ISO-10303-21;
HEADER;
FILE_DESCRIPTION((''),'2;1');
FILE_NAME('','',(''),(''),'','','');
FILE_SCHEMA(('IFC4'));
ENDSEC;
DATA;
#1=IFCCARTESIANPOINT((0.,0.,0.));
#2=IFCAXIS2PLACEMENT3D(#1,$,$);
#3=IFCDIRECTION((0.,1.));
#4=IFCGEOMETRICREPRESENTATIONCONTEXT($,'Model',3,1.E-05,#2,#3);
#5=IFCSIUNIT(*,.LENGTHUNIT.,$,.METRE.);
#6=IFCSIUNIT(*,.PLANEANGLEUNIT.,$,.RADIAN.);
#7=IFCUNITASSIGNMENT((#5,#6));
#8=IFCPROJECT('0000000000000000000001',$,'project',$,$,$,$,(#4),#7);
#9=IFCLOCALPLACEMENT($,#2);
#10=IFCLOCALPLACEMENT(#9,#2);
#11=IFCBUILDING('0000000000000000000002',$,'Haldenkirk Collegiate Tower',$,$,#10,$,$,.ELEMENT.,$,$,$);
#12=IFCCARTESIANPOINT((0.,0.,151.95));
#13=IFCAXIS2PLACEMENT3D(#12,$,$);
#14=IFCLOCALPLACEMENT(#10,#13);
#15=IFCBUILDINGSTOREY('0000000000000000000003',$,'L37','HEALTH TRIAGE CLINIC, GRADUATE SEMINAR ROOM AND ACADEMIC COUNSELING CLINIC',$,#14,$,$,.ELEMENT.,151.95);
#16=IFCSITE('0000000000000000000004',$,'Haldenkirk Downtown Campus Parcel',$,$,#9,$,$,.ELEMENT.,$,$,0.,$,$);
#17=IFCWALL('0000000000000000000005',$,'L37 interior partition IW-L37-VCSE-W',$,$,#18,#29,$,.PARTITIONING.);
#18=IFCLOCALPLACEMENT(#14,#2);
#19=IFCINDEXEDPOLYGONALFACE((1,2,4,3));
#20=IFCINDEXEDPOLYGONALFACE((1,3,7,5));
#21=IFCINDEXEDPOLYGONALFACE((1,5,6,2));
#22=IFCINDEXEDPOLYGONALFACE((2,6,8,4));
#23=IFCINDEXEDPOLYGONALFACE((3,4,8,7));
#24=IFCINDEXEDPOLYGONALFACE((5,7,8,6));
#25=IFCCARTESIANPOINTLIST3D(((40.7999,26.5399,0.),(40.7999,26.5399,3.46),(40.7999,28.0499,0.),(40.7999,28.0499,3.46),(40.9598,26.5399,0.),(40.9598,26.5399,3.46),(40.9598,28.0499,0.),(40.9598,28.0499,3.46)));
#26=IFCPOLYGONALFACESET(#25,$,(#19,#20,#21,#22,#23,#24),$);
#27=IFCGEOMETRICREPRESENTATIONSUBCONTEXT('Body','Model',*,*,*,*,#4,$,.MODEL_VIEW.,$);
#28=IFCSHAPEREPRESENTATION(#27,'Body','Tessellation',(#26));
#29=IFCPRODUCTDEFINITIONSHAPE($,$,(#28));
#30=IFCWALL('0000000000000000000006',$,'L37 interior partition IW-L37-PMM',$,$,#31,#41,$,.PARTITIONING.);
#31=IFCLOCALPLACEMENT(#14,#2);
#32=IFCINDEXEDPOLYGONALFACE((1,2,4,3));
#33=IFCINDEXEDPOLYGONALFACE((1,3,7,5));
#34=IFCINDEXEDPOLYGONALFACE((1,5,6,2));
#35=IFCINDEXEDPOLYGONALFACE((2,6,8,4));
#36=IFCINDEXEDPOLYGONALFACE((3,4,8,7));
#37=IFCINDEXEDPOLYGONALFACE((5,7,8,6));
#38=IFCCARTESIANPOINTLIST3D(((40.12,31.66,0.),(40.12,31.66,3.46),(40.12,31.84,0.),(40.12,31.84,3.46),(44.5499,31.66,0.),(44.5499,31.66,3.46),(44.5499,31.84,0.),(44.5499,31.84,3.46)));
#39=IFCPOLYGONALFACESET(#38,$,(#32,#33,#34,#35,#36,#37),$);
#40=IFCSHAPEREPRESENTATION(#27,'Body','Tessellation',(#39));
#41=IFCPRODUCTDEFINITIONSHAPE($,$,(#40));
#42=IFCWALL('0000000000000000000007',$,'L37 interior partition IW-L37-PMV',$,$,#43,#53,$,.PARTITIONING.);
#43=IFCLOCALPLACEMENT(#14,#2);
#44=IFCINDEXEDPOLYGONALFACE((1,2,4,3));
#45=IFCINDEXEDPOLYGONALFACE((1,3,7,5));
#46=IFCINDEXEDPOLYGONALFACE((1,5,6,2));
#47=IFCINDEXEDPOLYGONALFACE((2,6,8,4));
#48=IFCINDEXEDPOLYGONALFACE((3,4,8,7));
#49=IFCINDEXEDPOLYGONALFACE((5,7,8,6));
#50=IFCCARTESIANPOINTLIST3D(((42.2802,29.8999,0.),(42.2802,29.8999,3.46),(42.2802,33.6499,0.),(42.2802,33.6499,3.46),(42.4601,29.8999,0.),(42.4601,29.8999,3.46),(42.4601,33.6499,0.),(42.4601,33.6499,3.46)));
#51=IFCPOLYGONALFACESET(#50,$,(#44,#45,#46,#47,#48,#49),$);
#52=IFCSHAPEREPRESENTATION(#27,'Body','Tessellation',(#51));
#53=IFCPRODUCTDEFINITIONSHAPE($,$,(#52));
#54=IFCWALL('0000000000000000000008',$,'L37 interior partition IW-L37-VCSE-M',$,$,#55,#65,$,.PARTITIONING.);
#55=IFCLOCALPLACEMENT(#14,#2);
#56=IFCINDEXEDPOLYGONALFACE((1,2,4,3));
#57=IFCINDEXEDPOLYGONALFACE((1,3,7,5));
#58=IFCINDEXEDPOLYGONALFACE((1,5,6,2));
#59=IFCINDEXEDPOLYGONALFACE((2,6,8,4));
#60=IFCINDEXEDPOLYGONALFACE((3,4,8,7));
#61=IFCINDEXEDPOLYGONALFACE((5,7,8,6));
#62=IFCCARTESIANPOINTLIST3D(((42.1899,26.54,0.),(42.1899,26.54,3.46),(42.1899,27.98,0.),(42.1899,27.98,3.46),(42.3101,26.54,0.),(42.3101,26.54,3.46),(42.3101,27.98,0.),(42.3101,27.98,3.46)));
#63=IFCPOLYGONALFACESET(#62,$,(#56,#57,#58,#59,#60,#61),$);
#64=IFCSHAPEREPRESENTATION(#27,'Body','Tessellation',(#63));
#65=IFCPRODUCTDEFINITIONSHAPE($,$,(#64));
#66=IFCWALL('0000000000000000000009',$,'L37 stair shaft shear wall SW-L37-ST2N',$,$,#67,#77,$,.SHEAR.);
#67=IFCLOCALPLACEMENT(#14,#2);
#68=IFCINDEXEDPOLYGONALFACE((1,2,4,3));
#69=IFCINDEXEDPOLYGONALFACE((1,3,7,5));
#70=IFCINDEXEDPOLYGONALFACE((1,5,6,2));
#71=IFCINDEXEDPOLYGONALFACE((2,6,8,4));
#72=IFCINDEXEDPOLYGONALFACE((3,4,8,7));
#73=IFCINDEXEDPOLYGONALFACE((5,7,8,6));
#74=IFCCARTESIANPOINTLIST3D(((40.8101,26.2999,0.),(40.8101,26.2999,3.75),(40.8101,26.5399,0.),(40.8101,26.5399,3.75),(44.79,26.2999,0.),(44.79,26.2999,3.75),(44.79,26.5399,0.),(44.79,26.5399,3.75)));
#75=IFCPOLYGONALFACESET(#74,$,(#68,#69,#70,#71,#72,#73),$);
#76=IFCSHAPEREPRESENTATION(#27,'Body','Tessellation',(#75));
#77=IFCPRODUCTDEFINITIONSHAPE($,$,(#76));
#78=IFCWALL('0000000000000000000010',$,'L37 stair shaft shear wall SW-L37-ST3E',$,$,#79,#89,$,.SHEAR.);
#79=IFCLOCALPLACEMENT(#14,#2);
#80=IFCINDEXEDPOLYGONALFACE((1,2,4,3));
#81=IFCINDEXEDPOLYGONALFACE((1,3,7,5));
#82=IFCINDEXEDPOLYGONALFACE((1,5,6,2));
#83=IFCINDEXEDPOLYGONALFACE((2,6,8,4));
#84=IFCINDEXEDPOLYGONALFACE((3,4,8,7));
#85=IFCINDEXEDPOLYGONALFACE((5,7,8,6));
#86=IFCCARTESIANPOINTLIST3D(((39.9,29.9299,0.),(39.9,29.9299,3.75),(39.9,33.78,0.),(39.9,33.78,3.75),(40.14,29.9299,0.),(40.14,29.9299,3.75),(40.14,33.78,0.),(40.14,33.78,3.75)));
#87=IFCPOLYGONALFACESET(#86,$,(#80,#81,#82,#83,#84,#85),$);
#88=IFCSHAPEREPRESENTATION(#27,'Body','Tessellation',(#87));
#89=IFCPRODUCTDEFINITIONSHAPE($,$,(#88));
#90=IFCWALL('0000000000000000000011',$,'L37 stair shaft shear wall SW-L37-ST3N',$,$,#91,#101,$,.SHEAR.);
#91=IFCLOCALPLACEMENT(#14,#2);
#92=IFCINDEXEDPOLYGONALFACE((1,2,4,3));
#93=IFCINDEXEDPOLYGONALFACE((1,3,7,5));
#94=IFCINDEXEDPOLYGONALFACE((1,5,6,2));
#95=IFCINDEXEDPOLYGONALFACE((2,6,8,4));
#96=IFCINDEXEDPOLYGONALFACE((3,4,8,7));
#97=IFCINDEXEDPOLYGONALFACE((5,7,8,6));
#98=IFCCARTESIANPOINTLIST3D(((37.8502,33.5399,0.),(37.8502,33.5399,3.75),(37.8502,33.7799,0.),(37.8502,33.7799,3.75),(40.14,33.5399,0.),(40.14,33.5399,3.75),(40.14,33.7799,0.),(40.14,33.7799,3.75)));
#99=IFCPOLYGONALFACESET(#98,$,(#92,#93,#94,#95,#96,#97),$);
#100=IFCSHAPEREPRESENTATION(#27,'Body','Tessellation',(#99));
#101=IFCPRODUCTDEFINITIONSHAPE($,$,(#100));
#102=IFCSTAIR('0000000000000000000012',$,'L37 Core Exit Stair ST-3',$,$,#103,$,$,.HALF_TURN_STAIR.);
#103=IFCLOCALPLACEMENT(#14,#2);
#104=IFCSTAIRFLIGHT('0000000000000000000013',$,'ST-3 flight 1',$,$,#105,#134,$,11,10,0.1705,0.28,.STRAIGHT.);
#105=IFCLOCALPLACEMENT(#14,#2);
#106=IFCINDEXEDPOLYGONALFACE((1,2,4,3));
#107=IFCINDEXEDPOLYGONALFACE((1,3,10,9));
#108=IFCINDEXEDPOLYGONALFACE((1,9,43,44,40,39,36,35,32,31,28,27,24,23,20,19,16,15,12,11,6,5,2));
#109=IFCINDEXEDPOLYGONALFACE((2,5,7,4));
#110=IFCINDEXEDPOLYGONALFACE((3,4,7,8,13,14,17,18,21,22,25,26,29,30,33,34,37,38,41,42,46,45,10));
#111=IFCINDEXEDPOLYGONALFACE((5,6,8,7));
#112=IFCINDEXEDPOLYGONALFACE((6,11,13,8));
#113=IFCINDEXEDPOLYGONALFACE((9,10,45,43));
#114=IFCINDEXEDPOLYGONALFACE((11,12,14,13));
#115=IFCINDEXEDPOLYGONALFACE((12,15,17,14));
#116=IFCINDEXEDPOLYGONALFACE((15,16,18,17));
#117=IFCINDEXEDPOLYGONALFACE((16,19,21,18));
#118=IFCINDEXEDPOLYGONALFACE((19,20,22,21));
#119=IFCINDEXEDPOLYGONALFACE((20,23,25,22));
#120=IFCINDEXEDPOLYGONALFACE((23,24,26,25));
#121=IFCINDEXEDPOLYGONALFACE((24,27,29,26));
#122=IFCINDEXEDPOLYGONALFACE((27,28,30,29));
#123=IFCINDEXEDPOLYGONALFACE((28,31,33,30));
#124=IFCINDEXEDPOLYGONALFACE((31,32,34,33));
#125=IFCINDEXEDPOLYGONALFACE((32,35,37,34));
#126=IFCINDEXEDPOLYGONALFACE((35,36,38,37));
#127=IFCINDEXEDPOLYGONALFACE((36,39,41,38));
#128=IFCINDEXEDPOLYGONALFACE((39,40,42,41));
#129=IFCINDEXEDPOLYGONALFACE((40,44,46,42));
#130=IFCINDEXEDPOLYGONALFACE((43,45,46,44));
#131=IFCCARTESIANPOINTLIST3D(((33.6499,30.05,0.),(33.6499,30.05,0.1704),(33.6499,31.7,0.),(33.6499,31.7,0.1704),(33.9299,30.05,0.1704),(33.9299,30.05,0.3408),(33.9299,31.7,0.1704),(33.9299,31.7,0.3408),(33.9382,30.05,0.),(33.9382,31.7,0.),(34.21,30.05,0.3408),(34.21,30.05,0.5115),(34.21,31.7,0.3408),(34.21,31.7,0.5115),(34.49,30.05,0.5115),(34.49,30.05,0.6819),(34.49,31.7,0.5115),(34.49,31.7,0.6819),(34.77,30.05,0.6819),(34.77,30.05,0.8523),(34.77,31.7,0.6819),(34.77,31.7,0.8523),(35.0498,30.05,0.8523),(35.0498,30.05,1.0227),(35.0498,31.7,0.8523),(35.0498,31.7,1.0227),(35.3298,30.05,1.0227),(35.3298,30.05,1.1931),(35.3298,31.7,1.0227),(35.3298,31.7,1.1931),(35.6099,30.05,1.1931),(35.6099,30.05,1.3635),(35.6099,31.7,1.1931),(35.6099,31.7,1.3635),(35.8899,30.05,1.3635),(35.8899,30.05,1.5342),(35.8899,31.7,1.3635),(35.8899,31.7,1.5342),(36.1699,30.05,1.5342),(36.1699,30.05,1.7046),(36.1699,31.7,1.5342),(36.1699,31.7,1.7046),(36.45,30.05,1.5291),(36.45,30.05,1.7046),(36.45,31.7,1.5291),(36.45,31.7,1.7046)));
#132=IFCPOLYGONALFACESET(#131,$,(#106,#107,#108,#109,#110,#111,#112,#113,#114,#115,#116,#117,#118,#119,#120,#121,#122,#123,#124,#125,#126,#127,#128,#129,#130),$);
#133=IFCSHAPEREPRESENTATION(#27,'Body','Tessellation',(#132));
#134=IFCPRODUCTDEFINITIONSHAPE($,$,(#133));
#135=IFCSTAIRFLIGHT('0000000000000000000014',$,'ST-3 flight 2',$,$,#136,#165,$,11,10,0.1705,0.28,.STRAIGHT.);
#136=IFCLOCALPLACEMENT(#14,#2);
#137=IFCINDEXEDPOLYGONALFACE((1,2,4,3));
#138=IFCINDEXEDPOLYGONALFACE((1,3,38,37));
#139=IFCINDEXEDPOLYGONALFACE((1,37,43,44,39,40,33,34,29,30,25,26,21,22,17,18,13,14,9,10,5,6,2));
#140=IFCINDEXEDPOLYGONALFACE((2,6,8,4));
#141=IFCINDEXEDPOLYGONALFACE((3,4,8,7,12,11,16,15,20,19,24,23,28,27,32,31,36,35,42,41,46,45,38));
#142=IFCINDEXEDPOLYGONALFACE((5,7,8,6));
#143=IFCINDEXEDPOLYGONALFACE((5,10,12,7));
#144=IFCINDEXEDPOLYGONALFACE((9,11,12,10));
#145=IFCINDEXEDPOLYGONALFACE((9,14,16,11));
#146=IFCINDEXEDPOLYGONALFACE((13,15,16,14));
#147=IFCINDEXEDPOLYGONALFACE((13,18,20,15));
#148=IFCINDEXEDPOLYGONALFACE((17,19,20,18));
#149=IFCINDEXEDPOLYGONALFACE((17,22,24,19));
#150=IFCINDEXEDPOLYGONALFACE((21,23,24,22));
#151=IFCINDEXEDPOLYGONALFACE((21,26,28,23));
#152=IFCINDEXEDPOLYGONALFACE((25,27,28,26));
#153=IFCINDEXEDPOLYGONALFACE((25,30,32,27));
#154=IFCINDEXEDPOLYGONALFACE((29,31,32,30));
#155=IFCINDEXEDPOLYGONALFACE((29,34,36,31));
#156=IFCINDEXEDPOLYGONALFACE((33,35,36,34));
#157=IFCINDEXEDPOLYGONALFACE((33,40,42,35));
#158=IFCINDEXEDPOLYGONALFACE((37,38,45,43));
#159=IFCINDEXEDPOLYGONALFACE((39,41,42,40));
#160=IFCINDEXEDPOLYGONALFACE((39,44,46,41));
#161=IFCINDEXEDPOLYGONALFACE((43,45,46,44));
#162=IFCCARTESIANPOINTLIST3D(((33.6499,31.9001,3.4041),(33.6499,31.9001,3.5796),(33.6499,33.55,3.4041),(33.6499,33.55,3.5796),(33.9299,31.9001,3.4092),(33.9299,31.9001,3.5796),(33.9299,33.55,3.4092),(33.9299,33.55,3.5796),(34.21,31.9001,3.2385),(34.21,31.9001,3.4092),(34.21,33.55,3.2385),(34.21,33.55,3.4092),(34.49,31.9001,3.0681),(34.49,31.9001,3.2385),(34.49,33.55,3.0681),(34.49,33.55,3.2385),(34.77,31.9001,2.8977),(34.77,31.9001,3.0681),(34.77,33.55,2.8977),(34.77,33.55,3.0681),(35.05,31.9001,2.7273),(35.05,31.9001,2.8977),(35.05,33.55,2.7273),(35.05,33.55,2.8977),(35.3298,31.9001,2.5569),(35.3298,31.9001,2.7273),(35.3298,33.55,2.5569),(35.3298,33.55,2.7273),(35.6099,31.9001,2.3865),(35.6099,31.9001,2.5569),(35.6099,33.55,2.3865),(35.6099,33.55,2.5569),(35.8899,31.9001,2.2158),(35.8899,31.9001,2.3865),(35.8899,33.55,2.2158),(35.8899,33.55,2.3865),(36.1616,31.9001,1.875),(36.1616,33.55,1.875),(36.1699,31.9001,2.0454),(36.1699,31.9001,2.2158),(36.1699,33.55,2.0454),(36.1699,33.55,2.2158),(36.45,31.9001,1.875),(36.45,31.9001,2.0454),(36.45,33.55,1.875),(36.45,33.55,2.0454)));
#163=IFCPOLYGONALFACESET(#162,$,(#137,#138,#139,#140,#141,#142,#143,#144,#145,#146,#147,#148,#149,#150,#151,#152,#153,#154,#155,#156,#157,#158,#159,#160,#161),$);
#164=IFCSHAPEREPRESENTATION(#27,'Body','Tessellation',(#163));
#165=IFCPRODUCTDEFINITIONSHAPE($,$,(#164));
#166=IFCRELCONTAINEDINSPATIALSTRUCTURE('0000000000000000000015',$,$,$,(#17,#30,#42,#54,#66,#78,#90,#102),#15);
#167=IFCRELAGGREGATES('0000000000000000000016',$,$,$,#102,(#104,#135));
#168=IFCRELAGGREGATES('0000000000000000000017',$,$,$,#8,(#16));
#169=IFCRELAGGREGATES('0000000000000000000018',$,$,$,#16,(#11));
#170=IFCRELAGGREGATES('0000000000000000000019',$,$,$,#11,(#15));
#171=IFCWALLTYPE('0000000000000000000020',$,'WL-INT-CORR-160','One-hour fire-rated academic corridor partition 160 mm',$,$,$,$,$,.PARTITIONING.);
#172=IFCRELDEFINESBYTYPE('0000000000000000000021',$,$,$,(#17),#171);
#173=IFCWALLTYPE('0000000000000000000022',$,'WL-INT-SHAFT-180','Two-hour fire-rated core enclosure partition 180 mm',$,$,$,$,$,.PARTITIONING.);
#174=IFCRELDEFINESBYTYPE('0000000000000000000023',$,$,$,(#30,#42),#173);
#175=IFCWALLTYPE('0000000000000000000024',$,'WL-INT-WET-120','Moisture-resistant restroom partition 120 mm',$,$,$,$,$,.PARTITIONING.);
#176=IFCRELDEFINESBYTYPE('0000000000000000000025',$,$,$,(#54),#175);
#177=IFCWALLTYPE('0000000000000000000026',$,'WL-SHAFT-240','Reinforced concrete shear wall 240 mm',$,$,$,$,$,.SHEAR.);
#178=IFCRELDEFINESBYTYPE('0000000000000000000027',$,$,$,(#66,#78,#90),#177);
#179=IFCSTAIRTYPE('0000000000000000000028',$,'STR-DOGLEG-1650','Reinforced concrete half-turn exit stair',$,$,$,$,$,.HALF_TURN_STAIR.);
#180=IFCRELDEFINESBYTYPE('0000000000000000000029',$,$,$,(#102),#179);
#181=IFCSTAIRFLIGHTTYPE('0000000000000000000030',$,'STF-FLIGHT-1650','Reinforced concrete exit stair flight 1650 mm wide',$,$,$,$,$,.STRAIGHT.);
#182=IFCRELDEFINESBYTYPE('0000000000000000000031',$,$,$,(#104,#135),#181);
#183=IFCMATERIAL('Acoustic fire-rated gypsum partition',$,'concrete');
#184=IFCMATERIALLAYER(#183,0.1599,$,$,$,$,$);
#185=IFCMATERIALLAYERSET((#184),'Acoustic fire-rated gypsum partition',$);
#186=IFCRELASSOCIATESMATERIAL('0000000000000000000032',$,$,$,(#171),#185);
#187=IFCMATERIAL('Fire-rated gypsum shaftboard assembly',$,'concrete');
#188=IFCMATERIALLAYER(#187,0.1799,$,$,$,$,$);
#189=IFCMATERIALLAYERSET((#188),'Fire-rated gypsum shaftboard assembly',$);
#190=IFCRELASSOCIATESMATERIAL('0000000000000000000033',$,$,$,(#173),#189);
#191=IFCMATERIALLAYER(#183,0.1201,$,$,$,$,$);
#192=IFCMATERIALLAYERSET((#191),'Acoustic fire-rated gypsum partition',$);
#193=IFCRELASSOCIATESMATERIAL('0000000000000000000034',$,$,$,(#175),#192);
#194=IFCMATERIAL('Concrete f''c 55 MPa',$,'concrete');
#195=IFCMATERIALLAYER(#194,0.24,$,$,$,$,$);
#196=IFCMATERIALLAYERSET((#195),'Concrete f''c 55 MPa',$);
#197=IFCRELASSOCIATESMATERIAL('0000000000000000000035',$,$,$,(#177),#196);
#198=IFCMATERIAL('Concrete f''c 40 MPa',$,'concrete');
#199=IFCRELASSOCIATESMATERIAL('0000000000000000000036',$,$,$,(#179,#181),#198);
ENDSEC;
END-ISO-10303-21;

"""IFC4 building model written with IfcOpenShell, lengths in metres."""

from ifc_helpers import new_model, si_unit, direction, frame, frame_2d, origin, place, context, subcontext, project, spatial, polyline, rectangle, outline, extrude, material, layer, layer_set, type_object, element, aggregate, save


model = new_model("IFC4")

# Units and contexts
model_context = context("Model", 3, precision=1e-05, world=origin(), true_north=direction((0.0, 1.0)))
body_context = subcontext(model_context, "Body", "Model", "MODEL_VIEW")
ifc_project = project(units=[si_unit("LENGTHUNIT", "METRE"), si_unit("PLANEANGLEUNIT", "RADIAN")], contexts=[model_context])

# Site, building, storey
site_placement = place(None, origin())
site = spatial("IfcSite", under=ifc_project, at=site_placement, Name="Haldenkirk Downtown Campus Parcel", CompositionType="ELEMENT", RefElevation=0.0)
building_placement = place(site_placement, origin())
building = spatial("IfcBuilding", under=site, at=building_placement, Name="Haldenkirk Collegiate Tower", CompositionType="ELEMENT")
storey_placement = place(building_placement, frame((0.0, 0.0, 151.95)))
storey = spatial("IfcBuildingStorey", under=building, at=storey_placement, Name="L37", Description="HEALTH TRIAGE CLINIC, GRADUATE SEMINAR ROOM AND ACADEMIC COUNSELING CLINIC", CompositionType="ELEMENT", Elevation=151.95)

# Shared definitions
ifc_material_1 = material(Name="Acoustic fire-rated gypsum partition", Category="concrete")
ifc_layer_1 = layer(ifc_material_1, 0.1599)
ifc_layer_set_1 = layer_set([ifc_layer_1], Name="Acoustic fire-rated gypsum partition")
wall_type_1 = type_object("IfcWallType", Name="WL-INT-CORR-160", Description="One-hour fire-rated academic corridor partition 160 mm", PredefinedType="PARTITIONING", material=ifc_layer_set_1)

# Wall
wall_1_placement = place(storey_placement, frame((40.8799, 26.54, 0.0), z_axis=(0.0, 0.0, 1.0), x_axis=(0.0, 1.0, 0.0)))
element("IfcWall", 1, at=wall_1_placement, inside=storey, type_object=wall_type_1, Name="L37 interior partition IW-L37-VCSE-W", PredefinedType="PARTITIONING", context=body_context, shape_type="SweptSolid", body=[
    extrude(rectangle(XDim=1.51, YDim=0.1599, at=frame_2d((0.7549, 0.0))), origin(), (0.0, 0.0, 1.0), 3.46),
])

# Shared definitions
ifc_material_2 = material(Name="Fire-rated gypsum shaftboard assembly", Category="concrete")
ifc_layer_2 = layer(ifc_material_2, 0.1799)
ifc_layer_set_2 = layer_set([ifc_layer_2], Name="Fire-rated gypsum shaftboard assembly")
wall_type_2 = type_object("IfcWallType", Name="WL-INT-SHAFT-180", Description="Two-hour fire-rated core enclosure partition 180 mm", PredefinedType="PARTITIONING", material=ifc_layer_set_2)

# Walls
wall_2_placement = place(storey_placement, frame((40.1201, 31.75, 0.0), z_axis=(0.0, 0.0, 1.0), x_axis=(1.0, 0.0, 0.0)))
element("IfcWall", 2, at=wall_2_placement, inside=storey, type_object=wall_type_2, Name="L37 interior partition IW-L37-PMM", PredefinedType="PARTITIONING", context=body_context, shape_type="SweptSolid", body=[
    extrude(rectangle(XDim=4.4299, YDim=0.1799, at=frame_2d((2.2148, 0.0))), origin(), (0.0, 0.0, 1.0), 3.46),
])
wall_3_placement = place(storey_placement, frame((42.3701, 29.8999, 0.0), z_axis=(0.0, 0.0, 1.0), x_axis=(0.0, 1.0, 0.0)))
element("IfcWall", 3, at=wall_3_placement, inside=storey, type_object=wall_type_2, Name="L37 interior partition IW-L37-PMV", PredefinedType="PARTITIONING", context=body_context, shape_type="SweptSolid", body=[
    extrude(rectangle(XDim=3.75, YDim=0.1799, at=frame_2d((1.875, 0.0))), origin(), (0.0, 0.0, 1.0), 3.46),
])
ifc_layer_3 = layer(ifc_material_1, 0.1201)
ifc_layer_set_3 = layer_set([ifc_layer_3], Name="Acoustic fire-rated gypsum partition")
wall_type_3 = type_object("IfcWallType", Name="WL-INT-WET-120", Description="Moisture-resistant restroom partition 120 mm", PredefinedType="PARTITIONING", material=ifc_layer_set_3)
wall_4_placement = place(storey_placement, frame((42.25, 26.54, 0.0), z_axis=(0.0, 0.0, 1.0), x_axis=(0.0, 1.0, 0.0)))
element("IfcWall", 4, at=wall_4_placement, inside=storey, type_object=wall_type_3, Name="L37 interior partition IW-L37-VCSE-M", PredefinedType="PARTITIONING", context=body_context, shape_type="SweptSolid", body=[
    extrude(rectangle(XDim=1.4399, YDim=0.1201, at=frame_2d((0.72, 0.0))), origin(), (0.0, 0.0, 1.0), 3.46),
])
ifc_material_3 = material(Name="Concrete f'c 55 MPa", Category="concrete")
ifc_layer_4 = layer(ifc_material_3, 0.24)
ifc_layer_set_4 = layer_set([ifc_layer_4], Name="Concrete f'c 55 MPa")
wall_type_4 = type_object("IfcWallType", Name="WL-SHAFT-240", Description="Reinforced concrete shear wall 240 mm", PredefinedType="SHEAR", material=ifc_layer_set_4)
wall_5_placement = place(storey_placement, frame((40.8101, 26.4199, 0.0), z_axis=(0.0, 0.0, 1.0), x_axis=(1.0, 0.0, 0.0)))
element("IfcWall", 5, at=wall_5_placement, inside=storey, type_object=wall_type_4, Name="L37 stair shaft shear wall SW-L37-ST2N", PredefinedType="SHEAR", context=body_context, shape_type="SweptSolid", body=[
    extrude(rectangle(XDim=3.98, YDim=0.24, at=frame_2d((1.99, 0.0))), origin(), (0.0, 0.0, 1.0), 3.75),
])
wall_6_placement = place(storey_placement, frame((40.02, 29.9299, 0.0), z_axis=(0.0, 0.0, 1.0), x_axis=(0.0, 1.0, 0.0)))
element("IfcWall", 6, at=wall_6_placement, inside=storey, type_object=wall_type_4, Name="L37 stair shaft shear wall SW-L37-ST3E", PredefinedType="SHEAR", context=body_context, shape_type="SweptSolid", body=[
    extrude(rectangle(XDim=3.8501, YDim=0.24, at=frame_2d((1.925, 0.0))), origin(), (0.0, 0.0, 1.0), 3.75),
])
wall_7_placement = place(storey_placement, frame((37.8501, 33.6599, 0.0), z_axis=(0.0, 0.0, 1.0), x_axis=(1.0, 0.0, 0.0)))
element("IfcWall", 7, at=wall_7_placement, inside=storey, type_object=wall_type_4, Name="L37 stair shaft shear wall SW-L37-ST3N", PredefinedType="SHEAR", context=body_context, shape_type="SweptSolid", body=[
    extrude(rectangle(XDim=2.2898, YDim=0.24, at=frame_2d((1.145, 0.0))), origin(), (0.0, 0.0, 1.0), 3.75),
])

# Stair, stair flights
ifc_material_4 = material(Name="Concrete f'c 40 MPa", Category="concrete")
stair_type = type_object("IfcStairType", Name="STR-DOGLEG-1650", Description="Reinforced concrete half-turn exit stair", PredefinedType="HALF_TURN_STAIR", material=ifc_material_4)
stair_placement = place(storey_placement, origin())
stair = element("IfcStair", 8, at=stair_placement, inside=storey, type_object=stair_type, Name="L37 Core Exit Stair ST-3", PredefinedType="HALF_TURN_STAIR")
stair_flight_type = type_object("IfcStairFlightType", Name="STF-FLIGHT-1650", Description="Reinforced concrete exit stair flight 1650 mm wide", PredefinedType="STRAIGHT", material=ifc_material_4)
stair_flight_1_placement = place(storey_placement, frame((33.6499, 30.875, 0.0), z_axis=(0.0, 0.0, 1.0), x_axis=(1.0, 0.0, 0.0)))
stair_flight_1 = element("IfcStairFlight", 9, at=stair_flight_1_placement, type_object=stair_flight_type, Name="ST-3 flight 1", NumberOfRisers=11, NumberOfTreads=10, PredefinedType="STRAIGHT", RiserHeight=0.1705, TreadLength=0.28, context=body_context, shape_type="SweptSolid", body=[
    extrude(outline(polyline([(0.0, 0.0), (0.0, 0.1704), (0.28, 0.1704), (0.28, 0.3408), (0.5601, 0.3408), (0.5601, 0.5115), (0.8401, 0.5115), (0.8401, 0.6819), (1.1201, 0.6819), (1.1201, 0.8523), (1.3999, 0.8523), (1.3999, 1.0227), (1.6799, 1.0227), (1.6799, 1.1931), (1.96, 1.1931), (1.96, 1.3635), (2.24, 1.3635), (2.24, 1.5342), (2.52, 1.5342), (2.52, 1.7046), (2.8, 1.7046), (2.8, 1.875), (2.8, 1.5291), (0.2883, 0.0), (0.0, 0.0)])), frame((0.0, 0.825, 0.0), z_axis=(0.0, -1.0, 0.0), x_axis=(1.0, 0.0, 0.0)), (0.0, 0.0, 1.0), 1.6499),
])
stair_flight_2_placement = place(storey_placement, frame((36.45, 32.7251, 1.875), z_axis=(0.0, 0.0, 1.0), x_axis=(-1.0, 0.0, 0.0)))
stair_flight_2 = element("IfcStairFlight", 10, at=stair_flight_2_placement, type_object=stair_flight_type, Name="ST-3 flight 2", NumberOfRisers=11, NumberOfTreads=10, PredefinedType="STRAIGHT", RiserHeight=0.1705, TreadLength=0.28, context=body_context, shape_type="SweptSolid", body=[
    extrude(outline(polyline([(0.0, 0.0), (0.0, 0.1704), (0.28, 0.1704), (0.28, 0.3408), (0.5601, 0.3408), (0.5601, 0.5115), (0.8401, 0.5115), (0.8401, 0.6819), (1.1201, 0.6819), (1.1201, 0.8523), (1.3999, 0.8523), (1.3999, 1.0227), (1.6799, 1.0227), (1.6799, 1.1931), (1.96, 1.1931), (1.96, 1.3635), (2.24, 1.3635), (2.24, 1.5342), (2.52, 1.5342), (2.52, 1.7046), (2.8, 1.7046), (2.8, 1.875), (2.8, 1.5291), (0.2883, 0.0), (0.0, 0.0)])), frame((0.0, 0.825, 0.0), z_axis=(0.0, -1.0, 0.0), x_axis=(1.0, 0.0, 0.0)), (0.0, 0.0, 1.0), 1.6499),
])
aggregate(stair, [stair_flight_1, stair_flight_2])

save(model, "model.ifc")
